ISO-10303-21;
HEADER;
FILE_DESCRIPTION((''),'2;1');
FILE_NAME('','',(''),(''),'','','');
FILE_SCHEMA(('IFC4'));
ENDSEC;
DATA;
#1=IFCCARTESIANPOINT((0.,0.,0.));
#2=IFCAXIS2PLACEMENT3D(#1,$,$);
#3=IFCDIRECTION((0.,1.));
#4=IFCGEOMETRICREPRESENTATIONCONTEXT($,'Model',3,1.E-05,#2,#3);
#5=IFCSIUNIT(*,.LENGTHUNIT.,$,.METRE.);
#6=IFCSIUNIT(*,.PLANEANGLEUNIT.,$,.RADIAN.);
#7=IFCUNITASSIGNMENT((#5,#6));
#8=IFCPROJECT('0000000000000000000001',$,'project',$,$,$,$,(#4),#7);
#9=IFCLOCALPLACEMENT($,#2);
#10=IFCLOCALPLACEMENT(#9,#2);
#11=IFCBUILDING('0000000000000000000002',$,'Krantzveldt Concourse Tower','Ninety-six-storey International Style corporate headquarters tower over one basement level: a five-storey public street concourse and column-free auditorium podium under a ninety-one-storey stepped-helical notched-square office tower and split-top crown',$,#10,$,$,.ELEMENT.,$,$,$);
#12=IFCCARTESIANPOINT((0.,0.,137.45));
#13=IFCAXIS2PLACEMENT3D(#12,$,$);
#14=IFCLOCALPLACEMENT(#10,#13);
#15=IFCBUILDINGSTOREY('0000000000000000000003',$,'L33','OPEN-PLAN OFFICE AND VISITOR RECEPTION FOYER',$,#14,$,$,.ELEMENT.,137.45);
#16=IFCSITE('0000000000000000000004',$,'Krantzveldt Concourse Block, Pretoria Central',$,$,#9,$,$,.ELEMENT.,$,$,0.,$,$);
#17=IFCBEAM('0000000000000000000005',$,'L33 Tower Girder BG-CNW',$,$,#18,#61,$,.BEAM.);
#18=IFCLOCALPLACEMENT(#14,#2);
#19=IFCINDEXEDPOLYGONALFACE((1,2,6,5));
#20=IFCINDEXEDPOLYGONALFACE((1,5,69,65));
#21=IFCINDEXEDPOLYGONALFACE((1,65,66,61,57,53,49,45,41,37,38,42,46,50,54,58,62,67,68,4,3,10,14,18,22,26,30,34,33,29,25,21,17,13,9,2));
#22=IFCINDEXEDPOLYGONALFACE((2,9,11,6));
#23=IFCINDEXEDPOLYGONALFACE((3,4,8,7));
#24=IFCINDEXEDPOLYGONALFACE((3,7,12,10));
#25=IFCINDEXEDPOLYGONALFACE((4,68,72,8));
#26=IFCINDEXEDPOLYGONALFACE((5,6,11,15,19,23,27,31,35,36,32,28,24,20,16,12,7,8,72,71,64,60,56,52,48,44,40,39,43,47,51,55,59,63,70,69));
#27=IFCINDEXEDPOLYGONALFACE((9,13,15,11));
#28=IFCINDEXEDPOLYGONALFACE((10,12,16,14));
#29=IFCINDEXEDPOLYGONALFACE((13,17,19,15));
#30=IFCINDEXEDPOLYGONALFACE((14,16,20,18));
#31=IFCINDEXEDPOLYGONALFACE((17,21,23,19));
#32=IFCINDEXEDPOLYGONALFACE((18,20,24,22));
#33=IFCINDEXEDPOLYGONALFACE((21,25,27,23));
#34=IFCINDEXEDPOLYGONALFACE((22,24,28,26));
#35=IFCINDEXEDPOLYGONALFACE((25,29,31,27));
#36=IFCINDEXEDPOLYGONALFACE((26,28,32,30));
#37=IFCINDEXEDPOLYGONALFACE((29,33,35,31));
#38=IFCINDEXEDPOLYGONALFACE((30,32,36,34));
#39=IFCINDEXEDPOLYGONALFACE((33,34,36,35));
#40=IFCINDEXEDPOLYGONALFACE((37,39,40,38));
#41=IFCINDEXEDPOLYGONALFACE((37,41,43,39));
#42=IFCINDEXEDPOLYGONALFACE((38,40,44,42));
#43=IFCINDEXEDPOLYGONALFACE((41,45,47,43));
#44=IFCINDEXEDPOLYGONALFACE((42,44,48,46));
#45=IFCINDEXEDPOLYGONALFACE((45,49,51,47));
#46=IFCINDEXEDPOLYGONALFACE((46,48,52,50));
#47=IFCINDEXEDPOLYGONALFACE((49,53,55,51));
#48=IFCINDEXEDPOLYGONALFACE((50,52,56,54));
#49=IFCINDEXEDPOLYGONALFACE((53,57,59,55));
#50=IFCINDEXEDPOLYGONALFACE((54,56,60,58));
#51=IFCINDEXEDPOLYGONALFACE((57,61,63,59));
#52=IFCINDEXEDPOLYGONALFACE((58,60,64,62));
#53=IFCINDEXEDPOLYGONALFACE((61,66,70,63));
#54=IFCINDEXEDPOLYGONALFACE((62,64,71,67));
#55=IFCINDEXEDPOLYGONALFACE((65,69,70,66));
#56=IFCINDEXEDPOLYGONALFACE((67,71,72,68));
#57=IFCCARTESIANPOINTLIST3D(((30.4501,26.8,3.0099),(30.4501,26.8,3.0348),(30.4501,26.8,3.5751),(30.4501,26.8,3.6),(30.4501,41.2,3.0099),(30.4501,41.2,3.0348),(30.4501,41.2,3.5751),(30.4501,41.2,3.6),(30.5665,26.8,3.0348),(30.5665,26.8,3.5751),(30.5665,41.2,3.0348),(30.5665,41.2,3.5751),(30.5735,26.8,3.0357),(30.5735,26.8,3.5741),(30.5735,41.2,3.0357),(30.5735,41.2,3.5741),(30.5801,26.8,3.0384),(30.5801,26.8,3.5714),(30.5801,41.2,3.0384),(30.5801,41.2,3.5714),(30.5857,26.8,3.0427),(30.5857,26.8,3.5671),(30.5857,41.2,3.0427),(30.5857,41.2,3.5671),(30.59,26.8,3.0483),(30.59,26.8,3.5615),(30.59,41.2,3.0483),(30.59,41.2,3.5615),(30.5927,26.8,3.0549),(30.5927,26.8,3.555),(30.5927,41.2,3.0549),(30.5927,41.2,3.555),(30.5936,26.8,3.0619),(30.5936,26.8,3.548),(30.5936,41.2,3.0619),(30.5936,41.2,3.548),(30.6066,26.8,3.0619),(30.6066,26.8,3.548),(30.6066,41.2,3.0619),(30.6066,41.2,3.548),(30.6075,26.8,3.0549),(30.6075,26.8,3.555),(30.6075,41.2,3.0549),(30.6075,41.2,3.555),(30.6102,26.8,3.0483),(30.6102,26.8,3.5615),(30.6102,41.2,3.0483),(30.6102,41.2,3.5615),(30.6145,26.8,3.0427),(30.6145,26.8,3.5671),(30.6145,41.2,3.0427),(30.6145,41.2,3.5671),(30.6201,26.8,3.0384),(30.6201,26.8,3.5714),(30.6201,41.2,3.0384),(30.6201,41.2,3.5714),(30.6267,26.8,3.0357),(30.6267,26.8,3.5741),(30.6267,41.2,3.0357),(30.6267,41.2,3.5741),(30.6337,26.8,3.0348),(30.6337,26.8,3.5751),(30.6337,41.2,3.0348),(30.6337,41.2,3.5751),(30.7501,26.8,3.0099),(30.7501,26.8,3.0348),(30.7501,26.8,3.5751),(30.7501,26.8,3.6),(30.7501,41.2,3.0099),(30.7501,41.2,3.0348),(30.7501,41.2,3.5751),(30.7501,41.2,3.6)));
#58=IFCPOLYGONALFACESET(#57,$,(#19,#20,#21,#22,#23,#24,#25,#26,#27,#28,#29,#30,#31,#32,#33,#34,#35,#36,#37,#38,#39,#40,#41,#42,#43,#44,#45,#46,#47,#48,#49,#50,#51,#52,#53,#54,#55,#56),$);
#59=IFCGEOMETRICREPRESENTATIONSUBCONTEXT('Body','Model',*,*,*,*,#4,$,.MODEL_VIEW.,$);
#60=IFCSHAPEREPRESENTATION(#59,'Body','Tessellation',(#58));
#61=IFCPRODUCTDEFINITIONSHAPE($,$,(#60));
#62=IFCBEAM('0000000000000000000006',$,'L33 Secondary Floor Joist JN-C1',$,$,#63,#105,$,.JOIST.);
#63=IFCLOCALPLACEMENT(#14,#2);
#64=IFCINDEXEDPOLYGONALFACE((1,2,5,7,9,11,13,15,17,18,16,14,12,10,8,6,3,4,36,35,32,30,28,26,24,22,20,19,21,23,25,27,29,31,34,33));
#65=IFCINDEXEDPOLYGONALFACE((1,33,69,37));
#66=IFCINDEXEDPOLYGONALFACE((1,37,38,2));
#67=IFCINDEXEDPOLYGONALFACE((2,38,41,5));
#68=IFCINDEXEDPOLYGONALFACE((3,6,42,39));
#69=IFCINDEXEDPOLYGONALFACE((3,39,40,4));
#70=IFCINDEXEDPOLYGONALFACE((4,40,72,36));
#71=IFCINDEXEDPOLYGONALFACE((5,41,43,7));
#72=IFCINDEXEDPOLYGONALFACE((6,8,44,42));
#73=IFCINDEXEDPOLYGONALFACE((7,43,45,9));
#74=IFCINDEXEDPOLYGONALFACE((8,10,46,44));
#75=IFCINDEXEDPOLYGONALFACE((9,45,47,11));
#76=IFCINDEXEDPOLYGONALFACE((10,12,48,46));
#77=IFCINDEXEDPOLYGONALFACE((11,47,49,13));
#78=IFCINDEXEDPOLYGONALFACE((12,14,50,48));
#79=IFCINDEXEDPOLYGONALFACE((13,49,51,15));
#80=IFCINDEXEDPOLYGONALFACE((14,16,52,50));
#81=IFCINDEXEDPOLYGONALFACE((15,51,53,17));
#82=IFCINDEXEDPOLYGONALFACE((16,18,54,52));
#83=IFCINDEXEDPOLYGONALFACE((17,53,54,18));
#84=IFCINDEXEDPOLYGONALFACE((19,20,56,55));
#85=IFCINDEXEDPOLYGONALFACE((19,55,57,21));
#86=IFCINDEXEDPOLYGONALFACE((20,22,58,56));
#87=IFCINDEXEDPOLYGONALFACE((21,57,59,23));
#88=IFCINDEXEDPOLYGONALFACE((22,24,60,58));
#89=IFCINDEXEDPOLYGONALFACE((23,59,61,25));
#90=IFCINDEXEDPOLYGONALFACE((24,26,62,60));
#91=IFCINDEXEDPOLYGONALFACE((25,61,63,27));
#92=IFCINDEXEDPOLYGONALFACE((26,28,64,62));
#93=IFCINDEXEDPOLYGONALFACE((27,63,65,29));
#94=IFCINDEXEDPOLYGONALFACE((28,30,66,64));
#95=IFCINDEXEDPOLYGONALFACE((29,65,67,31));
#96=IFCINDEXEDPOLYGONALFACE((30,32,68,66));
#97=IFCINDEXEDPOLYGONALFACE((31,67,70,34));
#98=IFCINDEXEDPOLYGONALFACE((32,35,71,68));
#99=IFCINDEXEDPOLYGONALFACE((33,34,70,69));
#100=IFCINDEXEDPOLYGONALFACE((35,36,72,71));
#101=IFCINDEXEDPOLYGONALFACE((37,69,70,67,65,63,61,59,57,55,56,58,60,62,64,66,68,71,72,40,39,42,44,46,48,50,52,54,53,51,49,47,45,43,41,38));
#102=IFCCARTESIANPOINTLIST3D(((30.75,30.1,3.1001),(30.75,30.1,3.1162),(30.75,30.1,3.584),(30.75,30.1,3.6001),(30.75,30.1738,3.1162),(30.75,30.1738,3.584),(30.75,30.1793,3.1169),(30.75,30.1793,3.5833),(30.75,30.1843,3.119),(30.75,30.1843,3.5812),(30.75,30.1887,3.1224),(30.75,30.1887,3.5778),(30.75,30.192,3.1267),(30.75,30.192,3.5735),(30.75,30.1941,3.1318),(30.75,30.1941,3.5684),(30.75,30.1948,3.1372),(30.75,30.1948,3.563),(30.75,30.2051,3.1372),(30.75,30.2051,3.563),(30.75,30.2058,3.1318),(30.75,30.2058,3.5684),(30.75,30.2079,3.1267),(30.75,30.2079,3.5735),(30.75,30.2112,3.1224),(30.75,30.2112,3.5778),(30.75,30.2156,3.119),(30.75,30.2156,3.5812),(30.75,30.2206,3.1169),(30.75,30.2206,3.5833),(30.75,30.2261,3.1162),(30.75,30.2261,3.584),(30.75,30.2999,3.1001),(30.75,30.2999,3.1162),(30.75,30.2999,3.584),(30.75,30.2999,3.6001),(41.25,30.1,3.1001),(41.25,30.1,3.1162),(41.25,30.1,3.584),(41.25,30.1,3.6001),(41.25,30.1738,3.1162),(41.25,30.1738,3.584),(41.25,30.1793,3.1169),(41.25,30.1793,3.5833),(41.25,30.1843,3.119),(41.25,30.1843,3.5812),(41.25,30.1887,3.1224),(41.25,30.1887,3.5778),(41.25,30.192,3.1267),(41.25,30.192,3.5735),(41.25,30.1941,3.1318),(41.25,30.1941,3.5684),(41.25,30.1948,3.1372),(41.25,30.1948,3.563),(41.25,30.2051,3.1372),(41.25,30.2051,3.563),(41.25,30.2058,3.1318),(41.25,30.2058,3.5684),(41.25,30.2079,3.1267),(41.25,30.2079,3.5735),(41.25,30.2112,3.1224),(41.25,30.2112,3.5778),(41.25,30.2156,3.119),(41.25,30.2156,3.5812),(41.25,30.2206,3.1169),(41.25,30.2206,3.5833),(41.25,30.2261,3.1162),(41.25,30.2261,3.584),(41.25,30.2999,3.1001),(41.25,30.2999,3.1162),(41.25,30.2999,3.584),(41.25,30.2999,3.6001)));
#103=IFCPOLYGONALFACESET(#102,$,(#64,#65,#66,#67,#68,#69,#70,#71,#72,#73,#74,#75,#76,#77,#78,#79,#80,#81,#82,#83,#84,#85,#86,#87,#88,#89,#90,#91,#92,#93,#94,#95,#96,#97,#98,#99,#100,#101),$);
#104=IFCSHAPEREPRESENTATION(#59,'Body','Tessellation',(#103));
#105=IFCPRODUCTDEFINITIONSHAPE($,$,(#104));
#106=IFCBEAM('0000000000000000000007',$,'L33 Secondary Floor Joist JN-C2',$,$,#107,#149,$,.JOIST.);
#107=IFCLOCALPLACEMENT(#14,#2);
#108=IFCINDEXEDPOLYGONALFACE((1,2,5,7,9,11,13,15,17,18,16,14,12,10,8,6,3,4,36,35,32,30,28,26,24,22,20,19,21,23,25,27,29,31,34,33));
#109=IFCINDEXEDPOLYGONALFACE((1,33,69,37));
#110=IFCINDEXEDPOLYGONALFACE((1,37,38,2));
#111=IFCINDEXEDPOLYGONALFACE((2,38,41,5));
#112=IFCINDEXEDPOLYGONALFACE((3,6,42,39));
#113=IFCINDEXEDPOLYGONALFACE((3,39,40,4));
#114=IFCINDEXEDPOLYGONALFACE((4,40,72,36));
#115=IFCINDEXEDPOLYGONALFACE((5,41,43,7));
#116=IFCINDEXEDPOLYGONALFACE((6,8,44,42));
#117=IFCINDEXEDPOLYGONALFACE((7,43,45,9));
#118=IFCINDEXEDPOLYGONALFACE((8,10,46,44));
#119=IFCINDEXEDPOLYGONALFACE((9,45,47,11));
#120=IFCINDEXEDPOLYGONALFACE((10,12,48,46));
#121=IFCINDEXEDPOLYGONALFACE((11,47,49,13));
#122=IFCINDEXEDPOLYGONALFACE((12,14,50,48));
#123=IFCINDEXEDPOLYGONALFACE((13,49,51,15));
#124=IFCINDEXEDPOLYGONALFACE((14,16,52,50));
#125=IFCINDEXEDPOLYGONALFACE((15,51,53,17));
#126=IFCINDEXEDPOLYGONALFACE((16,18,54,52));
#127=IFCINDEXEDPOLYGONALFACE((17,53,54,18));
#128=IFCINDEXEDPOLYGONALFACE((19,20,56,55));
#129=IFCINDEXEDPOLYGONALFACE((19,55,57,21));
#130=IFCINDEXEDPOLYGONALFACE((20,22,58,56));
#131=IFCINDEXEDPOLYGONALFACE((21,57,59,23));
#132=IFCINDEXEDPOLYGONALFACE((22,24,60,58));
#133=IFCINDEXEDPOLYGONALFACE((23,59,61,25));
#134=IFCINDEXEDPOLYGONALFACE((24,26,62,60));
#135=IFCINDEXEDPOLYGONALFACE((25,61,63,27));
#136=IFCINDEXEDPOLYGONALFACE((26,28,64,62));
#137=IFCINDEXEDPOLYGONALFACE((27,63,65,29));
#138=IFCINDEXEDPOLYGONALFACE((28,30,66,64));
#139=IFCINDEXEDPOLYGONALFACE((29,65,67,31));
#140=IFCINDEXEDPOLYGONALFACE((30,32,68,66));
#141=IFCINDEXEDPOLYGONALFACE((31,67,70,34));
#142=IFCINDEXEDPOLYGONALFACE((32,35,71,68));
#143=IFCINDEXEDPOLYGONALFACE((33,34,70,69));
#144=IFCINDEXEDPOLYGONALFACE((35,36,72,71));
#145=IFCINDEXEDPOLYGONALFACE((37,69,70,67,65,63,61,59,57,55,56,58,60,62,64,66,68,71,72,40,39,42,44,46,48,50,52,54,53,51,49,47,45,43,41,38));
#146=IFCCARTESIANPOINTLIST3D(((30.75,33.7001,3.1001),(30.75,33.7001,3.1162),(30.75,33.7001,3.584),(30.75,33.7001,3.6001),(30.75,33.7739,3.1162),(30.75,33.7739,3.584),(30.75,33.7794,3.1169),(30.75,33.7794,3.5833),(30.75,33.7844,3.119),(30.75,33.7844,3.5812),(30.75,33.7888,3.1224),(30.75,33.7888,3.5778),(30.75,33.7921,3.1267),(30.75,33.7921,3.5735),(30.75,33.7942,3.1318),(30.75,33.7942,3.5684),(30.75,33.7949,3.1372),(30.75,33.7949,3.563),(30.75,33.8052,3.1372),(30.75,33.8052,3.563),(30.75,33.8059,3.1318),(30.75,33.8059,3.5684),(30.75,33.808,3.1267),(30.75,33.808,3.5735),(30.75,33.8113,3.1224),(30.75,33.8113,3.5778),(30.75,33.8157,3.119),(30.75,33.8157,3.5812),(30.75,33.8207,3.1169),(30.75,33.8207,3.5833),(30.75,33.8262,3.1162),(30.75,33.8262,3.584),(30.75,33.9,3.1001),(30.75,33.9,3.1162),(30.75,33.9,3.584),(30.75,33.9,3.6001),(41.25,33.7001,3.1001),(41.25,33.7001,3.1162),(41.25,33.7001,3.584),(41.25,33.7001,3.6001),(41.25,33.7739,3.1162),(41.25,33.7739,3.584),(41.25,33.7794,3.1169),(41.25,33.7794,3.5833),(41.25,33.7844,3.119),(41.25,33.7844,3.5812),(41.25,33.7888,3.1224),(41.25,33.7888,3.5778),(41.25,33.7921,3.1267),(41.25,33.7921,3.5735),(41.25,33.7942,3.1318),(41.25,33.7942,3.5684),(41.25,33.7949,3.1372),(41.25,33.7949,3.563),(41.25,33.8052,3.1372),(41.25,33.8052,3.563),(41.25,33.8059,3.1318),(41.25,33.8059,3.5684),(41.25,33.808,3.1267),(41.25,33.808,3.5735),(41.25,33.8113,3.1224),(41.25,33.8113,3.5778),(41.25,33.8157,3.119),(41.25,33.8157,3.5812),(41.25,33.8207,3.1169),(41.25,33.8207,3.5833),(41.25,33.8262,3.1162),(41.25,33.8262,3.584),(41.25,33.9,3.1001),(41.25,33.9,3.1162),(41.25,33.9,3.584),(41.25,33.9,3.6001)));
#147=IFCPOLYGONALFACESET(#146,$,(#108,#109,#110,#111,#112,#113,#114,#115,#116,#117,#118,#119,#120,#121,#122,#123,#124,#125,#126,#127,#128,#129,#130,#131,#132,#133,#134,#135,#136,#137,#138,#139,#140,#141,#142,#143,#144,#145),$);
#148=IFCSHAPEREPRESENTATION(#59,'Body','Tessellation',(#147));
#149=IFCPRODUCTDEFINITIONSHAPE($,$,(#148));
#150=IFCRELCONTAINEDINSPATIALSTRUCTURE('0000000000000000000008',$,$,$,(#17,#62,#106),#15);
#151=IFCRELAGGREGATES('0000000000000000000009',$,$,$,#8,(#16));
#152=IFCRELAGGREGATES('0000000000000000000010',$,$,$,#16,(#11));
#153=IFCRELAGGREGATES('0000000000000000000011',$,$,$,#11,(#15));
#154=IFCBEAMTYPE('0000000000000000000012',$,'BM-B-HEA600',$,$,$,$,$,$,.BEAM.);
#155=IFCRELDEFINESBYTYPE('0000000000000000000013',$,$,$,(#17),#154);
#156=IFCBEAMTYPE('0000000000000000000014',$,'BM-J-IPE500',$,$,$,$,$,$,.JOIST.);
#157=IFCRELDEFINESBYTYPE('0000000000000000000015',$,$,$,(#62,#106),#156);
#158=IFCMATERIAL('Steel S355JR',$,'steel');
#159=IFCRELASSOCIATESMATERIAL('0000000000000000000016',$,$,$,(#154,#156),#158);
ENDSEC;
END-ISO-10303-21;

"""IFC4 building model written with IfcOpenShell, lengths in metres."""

from ifc_helpers import new_model, si_unit, direction, frame, origin, origin_2d, place, context, subcontext, project, spatial, i_section, extrude, source, transform, mapped, material, material_profile, profile_set, type_object, type_shapes, element, save


model = new_model("IFC4")

# Units and contexts
model_context = context("Model", 3, precision=1e-05, world=origin(), true_north=direction((0.0, 1.0)))
body_context = subcontext(model_context, "Body", "Model", "MODEL_VIEW")
ifc_project = project(units=[si_unit("LENGTHUNIT", "METRE"), si_unit("PLANEANGLEUNIT", "RADIAN")], contexts=[model_context])

# Site, building, storey
site_placement = place(None, origin())
site = spatial("IfcSite", under=ifc_project, at=site_placement, Name="Krantzveldt Concourse Block, Pretoria Central", CompositionType="ELEMENT", RefElevation=0.0)
building_placement = place(site_placement, origin())
building = spatial("IfcBuilding", under=site, at=building_placement, Name="Krantzveldt Concourse Tower", Description="Ninety-six-storey International Style corporate headquarters tower over one basement level: a five-storey public street concourse and column-free auditorium podium under a ninety-one-storey stepped-helical notched-square office tower and split-top crown", CompositionType="ELEMENT")
storey_placement = place(building_placement, frame((0.0, 0.0, 137.45)))
storey = spatial("IfcBuildingStorey", under=building, at=storey_placement, Name="L33", Description="OPEN-PLAN OFFICE AND VISITOR RECEPTION FOYER", CompositionType="ELEMENT", Elevation=137.45)

# Beams
ifc_material_1 = material(Name="Steel S355JR", Category="steel")
ifc_material_profile_1 = material_profile(ifc_material_1, i_section(OverallWidth=0.3, OverallDepth=0.5901, WebThickness=0.0129, FlangeThickness=0.0249, FilletRadius=0.0271, at=origin_2d()), Name="Steel S355JR", Category="steel")
ifc_profile_set_1 = profile_set([ifc_material_profile_1], Name="Steel S355JR - HEA 600")
beam_type_1 = type_object("IfcBeamType", Name="BM-B-HEA600", PredefinedType="BEAM", material=ifc_profile_set_1)
shared_shape_1 = source(origin(), body_context, "Body", "SweptSolid", [
    extrude(i_section(OverallWidth=0.3, OverallDepth=0.5901, WebThickness=0.0129, FlangeThickness=0.0249, FilletRadius=0.0271, at=origin_2d()), origin(), (0.0, 0.0, 1.0), 14.3999),
])
type_shapes(beam_type_1, [shared_shape_1])
beam_1_placement = place(storey_placement, frame((30.6001, 26.8, 3.3049), z_axis=(0.0, 1.0, 0.0), x_axis=(-1.0, 0.0, 0.0)))
element("IfcBeam", 1, at=beam_1_placement, inside=storey, type_object=beam_type_1, Name="L33 Tower Girder BG-CNW", PredefinedType="BEAM", context=body_context, shape_type="MappedRepresentation", body=[
    mapped(shared_shape_1, transform((0.0, 0.0, 0.0), x_axis=(1.0, 0.0, 0.0), y_axis=(0.0, 1.0, 0.0), z_axis=(0.0, 0.0, 1.0), scale=1.0)),
])
ifc_material_profile_2 = material_profile(ifc_material_1, i_section(OverallWidth=0.2, OverallDepth=0.5, WebThickness=0.0103, FlangeThickness=0.0161, FilletRadius=0.021, at=origin_2d()), Name="Steel S355JR", Category="steel")
ifc_profile_set_2 = profile_set([ifc_material_profile_2], Name="Steel S355JR - IPE 500")
beam_type_2 = type_object("IfcBeamType", Name="BM-J-IPE500", PredefinedType="JOIST", material=ifc_profile_set_2)
shared_shape_2 = source(origin(), body_context, "Body", "SweptSolid", [
    extrude(i_section(OverallWidth=0.2, OverallDepth=0.5, WebThickness=0.0103, FlangeThickness=0.0161, FilletRadius=0.021, at=origin_2d()), origin(), (0.0, 0.0, 1.0), 10.5),
])
for number, where, z_axis, x_axis, name in (
    (2, (30.75, 30.2, 3.3501), (1.0, 0.0, 0.0), (0.0, 1.0, 0.0), "L33 Secondary Floor Joist JN-C1"),
    (3, (30.75, 33.8, 3.3501), (1.0, 0.0, 0.0), (0.0, 1.0, 0.0), "L33 Secondary Floor Joist JN-C2"),
):
    element("IfcBeam", number, at=place(storey_placement, frame(where, z_axis=z_axis, x_axis=x_axis)), inside=storey, type_object=beam_type_2, Name=name, PredefinedType="JOIST", context=body_context, shape_type="MappedRepresentation", body=[
        mapped(shared_shape_2, transform((0.0, 0.0, 0.0), x_axis=(1.0, 0.0, 0.0), y_axis=(0.0, 1.0, 0.0), z_axis=(0.0, 0.0, 1.0), scale=1.0)),
    ])

save(model, "model.ifc")
